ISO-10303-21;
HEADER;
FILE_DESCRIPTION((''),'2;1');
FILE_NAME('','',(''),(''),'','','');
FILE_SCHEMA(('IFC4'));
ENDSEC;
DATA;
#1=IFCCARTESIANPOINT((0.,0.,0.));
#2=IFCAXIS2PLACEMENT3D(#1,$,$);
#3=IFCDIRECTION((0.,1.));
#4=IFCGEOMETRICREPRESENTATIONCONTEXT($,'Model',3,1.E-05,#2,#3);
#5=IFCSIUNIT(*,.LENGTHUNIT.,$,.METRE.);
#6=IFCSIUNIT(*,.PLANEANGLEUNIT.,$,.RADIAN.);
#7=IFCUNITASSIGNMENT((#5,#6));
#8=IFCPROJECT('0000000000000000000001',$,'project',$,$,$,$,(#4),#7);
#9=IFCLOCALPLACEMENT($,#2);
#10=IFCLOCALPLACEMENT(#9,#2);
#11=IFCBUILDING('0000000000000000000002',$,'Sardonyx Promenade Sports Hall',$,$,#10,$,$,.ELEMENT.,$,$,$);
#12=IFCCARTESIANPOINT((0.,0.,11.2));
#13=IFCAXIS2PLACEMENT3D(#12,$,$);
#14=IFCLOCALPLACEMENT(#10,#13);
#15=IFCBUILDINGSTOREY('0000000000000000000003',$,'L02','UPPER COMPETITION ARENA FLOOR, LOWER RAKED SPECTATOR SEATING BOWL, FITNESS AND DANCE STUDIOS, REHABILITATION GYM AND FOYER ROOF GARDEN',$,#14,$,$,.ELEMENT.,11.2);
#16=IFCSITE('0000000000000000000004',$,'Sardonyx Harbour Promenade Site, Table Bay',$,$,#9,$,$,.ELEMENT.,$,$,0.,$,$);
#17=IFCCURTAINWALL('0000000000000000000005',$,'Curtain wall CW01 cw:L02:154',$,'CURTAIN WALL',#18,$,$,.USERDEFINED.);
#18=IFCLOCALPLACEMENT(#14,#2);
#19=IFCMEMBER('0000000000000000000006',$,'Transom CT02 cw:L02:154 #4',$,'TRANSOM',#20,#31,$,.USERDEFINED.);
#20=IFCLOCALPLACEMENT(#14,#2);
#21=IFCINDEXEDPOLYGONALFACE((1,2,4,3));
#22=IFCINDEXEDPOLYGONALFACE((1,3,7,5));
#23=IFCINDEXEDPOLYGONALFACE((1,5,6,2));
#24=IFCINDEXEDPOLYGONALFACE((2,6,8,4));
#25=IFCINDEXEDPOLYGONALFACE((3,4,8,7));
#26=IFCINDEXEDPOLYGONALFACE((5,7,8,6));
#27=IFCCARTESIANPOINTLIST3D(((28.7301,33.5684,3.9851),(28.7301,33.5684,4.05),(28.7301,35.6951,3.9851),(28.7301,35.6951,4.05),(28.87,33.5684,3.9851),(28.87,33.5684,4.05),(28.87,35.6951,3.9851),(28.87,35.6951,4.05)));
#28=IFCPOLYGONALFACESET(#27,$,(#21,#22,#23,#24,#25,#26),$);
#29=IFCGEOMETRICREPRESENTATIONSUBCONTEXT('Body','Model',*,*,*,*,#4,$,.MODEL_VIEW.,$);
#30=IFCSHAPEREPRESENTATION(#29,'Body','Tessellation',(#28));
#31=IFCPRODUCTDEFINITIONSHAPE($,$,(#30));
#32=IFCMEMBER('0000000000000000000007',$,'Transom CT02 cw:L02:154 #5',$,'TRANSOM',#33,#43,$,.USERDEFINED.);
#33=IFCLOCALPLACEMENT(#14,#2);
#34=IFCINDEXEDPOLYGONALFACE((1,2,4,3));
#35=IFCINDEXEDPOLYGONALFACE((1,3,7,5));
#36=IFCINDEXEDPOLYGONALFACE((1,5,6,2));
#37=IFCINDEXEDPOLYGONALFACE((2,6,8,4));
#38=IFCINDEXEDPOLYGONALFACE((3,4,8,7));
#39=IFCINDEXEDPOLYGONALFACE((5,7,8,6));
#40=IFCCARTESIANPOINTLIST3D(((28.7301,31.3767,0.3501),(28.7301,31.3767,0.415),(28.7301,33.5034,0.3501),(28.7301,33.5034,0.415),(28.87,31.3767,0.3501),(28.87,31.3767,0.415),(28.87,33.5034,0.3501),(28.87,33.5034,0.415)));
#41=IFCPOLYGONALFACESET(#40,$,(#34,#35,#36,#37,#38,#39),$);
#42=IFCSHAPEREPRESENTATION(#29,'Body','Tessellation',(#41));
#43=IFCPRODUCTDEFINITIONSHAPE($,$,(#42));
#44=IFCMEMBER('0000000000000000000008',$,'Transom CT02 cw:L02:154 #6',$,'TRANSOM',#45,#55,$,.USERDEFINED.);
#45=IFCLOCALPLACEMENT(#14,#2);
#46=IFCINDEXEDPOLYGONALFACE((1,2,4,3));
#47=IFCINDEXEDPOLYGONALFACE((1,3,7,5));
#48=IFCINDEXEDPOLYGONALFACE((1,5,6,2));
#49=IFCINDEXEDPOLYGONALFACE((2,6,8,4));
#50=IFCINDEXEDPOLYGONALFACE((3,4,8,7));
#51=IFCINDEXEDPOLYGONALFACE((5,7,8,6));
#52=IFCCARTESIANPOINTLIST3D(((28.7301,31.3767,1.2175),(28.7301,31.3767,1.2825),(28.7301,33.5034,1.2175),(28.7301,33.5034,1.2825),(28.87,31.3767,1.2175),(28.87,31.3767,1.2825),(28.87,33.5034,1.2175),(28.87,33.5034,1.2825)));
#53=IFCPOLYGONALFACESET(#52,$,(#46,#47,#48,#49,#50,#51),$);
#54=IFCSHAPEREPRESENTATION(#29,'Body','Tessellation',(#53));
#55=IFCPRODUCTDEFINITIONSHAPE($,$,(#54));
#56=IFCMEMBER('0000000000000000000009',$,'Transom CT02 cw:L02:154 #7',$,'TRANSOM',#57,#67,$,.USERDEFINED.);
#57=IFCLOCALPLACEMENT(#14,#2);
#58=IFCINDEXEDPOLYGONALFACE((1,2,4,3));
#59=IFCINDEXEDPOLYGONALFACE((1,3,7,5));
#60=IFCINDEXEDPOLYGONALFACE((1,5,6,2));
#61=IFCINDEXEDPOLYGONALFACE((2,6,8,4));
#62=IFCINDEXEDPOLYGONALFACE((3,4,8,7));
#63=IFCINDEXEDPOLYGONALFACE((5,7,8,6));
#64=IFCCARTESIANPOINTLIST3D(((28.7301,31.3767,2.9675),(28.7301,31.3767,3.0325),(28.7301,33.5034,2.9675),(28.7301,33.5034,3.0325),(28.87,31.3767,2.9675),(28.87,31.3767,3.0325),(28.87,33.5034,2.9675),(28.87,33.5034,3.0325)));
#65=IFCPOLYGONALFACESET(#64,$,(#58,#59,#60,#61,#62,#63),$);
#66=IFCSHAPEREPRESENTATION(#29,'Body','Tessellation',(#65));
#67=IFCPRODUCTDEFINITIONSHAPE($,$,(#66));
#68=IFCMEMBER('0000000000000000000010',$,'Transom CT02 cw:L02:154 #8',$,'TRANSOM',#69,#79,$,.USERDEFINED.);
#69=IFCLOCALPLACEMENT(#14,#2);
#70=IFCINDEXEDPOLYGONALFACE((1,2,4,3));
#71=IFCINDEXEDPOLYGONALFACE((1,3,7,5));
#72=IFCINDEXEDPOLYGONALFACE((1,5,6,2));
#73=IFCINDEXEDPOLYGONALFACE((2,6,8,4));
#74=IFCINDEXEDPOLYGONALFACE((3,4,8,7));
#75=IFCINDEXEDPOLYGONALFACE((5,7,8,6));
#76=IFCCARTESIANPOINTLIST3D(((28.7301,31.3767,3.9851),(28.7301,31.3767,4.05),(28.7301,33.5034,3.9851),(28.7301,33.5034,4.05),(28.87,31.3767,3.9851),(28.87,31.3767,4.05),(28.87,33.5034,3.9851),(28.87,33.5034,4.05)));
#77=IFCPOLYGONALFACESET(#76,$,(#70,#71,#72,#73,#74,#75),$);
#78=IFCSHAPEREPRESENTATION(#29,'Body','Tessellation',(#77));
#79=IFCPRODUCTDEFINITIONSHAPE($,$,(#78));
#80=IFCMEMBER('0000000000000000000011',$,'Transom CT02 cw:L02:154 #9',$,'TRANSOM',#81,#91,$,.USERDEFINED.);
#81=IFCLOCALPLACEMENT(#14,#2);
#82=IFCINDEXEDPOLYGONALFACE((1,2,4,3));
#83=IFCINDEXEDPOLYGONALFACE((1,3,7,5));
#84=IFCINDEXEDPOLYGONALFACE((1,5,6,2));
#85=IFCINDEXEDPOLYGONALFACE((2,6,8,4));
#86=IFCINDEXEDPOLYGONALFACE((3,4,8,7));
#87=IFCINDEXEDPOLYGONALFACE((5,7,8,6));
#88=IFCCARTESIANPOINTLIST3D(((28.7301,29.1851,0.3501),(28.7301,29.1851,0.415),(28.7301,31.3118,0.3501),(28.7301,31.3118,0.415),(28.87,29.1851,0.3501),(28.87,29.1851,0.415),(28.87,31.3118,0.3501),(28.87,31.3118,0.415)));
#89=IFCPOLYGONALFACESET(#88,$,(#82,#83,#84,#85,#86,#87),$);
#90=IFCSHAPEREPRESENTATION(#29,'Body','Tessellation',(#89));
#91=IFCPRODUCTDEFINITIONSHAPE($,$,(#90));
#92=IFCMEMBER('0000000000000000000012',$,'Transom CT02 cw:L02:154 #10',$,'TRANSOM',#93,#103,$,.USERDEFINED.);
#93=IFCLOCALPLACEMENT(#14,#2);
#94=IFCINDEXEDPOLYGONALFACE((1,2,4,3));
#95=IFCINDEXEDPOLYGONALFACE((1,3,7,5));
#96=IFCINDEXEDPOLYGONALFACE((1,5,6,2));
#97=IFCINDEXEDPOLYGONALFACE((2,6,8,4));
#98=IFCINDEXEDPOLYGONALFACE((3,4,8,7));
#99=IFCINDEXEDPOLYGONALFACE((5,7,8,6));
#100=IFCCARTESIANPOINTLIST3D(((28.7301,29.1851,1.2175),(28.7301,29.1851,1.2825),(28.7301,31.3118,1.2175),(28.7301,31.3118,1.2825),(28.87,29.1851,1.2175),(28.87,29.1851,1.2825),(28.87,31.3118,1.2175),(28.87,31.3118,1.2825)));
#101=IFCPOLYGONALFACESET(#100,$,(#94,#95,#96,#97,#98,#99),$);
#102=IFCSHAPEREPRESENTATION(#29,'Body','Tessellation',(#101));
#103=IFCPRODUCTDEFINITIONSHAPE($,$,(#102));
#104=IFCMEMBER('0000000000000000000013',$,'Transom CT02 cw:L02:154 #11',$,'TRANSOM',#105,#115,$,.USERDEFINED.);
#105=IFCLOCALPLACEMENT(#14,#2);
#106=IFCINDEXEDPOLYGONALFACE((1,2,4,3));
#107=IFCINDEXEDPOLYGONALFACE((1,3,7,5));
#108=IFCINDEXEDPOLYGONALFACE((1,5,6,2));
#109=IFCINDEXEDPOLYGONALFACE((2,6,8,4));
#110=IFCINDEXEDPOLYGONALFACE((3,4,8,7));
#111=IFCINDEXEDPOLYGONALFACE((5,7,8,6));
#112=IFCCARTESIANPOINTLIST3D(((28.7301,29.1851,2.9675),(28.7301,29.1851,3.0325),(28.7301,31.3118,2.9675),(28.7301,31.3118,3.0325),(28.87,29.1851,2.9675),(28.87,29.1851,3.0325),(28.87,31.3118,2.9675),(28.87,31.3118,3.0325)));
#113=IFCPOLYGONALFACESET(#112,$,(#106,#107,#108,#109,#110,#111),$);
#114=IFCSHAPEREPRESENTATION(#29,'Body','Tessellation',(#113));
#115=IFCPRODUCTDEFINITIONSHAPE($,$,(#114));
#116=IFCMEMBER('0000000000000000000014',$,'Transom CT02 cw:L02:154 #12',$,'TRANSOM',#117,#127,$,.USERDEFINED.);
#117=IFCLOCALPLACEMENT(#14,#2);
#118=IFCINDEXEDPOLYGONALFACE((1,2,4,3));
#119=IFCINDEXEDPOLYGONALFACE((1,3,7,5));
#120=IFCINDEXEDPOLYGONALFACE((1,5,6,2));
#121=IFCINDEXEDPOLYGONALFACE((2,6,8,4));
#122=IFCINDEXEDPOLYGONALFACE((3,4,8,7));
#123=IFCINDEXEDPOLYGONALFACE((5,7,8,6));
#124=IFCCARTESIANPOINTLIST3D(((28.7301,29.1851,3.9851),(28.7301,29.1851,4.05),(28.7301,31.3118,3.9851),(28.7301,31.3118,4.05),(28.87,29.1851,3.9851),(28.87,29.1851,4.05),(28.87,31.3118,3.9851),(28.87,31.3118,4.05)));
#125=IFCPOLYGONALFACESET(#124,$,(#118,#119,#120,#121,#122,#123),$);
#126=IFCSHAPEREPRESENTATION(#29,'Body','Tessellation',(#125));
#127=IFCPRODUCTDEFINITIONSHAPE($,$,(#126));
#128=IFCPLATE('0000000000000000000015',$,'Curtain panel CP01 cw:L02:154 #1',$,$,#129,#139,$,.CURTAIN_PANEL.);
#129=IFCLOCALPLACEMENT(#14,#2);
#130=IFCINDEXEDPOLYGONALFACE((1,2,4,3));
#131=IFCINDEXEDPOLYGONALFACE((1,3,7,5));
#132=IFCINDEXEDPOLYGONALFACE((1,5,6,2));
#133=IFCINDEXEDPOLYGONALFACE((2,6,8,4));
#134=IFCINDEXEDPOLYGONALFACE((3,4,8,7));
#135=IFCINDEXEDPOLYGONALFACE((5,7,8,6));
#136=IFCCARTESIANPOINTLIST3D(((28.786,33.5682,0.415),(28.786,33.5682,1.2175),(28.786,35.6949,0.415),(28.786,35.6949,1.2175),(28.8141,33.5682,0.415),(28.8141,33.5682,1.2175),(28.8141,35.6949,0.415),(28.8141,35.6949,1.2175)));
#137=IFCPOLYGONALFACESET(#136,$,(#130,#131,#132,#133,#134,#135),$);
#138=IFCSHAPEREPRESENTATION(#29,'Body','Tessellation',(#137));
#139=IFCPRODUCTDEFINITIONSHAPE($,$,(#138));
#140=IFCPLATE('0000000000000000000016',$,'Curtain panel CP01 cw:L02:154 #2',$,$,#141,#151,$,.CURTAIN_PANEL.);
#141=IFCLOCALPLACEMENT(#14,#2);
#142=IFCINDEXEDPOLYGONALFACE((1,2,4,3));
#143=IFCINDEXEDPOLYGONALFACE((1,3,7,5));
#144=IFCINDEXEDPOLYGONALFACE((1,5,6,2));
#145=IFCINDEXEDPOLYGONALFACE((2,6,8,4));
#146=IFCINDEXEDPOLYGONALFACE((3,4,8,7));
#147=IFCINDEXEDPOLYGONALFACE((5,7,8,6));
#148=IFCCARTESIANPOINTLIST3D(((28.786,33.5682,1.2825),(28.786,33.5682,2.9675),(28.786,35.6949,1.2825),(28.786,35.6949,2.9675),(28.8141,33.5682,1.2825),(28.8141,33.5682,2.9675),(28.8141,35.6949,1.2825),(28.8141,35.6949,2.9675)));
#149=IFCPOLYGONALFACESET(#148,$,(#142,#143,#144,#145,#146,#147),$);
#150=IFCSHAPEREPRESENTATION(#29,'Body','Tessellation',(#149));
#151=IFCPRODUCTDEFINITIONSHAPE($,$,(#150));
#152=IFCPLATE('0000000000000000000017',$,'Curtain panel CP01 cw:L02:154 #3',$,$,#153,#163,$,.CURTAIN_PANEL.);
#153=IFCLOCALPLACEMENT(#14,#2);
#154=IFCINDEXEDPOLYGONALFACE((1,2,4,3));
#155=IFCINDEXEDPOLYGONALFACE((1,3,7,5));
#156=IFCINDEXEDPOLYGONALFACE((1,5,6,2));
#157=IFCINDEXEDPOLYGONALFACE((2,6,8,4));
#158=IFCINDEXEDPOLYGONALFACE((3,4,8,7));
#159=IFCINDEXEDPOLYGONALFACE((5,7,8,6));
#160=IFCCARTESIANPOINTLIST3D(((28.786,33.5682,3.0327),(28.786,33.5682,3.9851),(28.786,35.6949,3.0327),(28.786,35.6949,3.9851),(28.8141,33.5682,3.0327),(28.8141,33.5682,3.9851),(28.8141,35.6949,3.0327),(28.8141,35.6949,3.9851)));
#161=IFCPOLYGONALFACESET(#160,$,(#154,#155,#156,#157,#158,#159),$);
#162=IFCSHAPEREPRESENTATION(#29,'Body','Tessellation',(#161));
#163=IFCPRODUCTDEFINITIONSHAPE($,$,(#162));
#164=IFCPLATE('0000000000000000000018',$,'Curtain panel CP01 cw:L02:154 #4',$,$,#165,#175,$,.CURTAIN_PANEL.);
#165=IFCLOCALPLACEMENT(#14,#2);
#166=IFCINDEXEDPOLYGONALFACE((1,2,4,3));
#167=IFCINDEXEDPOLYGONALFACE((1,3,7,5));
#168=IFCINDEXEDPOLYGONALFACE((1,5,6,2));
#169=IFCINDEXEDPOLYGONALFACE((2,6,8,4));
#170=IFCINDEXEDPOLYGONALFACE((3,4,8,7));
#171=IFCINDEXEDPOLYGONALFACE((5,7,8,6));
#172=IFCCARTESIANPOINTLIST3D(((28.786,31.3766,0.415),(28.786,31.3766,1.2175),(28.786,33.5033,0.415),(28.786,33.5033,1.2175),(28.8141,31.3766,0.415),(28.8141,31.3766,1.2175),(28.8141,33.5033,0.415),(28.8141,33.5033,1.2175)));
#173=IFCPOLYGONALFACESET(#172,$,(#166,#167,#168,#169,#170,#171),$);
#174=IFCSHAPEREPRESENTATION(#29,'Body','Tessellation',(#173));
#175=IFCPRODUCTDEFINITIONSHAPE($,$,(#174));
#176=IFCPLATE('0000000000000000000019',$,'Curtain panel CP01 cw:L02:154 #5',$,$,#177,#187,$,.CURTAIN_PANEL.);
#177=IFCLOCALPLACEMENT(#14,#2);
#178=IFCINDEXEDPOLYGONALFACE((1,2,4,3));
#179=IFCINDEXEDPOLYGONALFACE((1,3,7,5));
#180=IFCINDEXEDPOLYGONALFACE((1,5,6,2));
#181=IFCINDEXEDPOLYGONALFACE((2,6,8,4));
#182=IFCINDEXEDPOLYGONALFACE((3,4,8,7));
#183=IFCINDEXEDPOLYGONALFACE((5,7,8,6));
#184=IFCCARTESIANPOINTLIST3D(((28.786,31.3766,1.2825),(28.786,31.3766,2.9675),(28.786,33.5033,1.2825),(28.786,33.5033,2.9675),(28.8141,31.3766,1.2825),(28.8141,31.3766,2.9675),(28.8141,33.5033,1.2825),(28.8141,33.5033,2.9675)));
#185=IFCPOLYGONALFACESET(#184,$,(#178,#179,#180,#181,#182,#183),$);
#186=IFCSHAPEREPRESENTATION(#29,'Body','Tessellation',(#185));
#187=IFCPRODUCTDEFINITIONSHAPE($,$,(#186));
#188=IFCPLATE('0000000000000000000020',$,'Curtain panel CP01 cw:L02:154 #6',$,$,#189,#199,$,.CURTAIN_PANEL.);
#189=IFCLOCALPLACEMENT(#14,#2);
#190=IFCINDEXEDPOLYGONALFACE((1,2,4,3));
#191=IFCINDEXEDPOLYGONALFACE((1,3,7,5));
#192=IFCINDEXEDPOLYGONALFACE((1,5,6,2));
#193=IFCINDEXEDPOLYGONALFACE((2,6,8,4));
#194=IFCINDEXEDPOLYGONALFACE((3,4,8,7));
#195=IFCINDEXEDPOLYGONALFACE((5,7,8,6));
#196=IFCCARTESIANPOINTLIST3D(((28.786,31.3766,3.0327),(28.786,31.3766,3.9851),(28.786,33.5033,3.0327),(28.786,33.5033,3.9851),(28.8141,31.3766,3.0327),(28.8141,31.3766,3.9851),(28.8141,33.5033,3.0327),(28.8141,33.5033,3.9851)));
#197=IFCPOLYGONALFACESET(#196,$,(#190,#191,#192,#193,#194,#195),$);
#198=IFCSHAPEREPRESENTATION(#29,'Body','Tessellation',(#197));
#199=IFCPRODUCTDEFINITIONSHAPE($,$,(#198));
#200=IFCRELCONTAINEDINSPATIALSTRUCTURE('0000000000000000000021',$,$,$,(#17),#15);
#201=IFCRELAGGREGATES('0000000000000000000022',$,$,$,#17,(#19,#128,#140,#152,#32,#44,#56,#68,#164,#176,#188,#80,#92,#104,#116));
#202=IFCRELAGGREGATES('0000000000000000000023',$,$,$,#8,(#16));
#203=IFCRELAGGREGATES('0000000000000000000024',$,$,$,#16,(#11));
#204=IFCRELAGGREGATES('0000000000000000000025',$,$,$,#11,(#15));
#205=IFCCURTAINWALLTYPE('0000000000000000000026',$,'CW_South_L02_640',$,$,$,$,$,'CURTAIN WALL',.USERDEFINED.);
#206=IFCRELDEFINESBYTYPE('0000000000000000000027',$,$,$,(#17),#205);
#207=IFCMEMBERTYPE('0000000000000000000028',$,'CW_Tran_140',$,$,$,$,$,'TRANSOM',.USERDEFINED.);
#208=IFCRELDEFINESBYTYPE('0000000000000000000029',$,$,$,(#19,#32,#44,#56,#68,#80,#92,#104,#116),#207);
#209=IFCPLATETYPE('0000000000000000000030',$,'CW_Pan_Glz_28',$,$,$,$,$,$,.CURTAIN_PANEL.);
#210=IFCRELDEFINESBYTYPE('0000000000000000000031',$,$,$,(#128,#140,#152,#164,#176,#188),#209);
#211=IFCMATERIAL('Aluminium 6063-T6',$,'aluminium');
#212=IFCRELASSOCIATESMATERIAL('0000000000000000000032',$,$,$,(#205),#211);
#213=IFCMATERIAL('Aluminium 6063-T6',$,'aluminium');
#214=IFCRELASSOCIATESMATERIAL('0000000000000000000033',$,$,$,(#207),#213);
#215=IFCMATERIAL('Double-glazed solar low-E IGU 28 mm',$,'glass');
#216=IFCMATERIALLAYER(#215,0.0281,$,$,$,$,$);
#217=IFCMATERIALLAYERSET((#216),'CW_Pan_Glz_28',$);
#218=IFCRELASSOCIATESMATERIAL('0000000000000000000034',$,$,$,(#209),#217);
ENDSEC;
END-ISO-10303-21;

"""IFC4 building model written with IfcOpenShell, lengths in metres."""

from ifc_helpers import new_model, si_unit, direction, frame, origin, origin_2d, place, context, subcontext, project, spatial, rectangle, extrude, material, layer, layer_set, material_profile, profile_set, type_object, element, aggregate, save


model = new_model("IFC4")

# Units and contexts
model_context = context("Model", 3, precision=1e-05, world=origin(), true_north=direction((0.0, 1.0)))
body_context = subcontext(model_context, "Body", "Model", "MODEL_VIEW")
ifc_project = project(units=[si_unit("LENGTHUNIT", "METRE"), si_unit("PLANEANGLEUNIT", "RADIAN")], contexts=[model_context])

# Site, building, storey
site_placement = place(None, origin())
site = spatial("IfcSite", under=ifc_project, at=site_placement, Name="Sardonyx Harbour Promenade Site, Table Bay", CompositionType="ELEMENT", RefElevation=0.0)
building_placement = place(site_placement, origin())
building = spatial("IfcBuilding", under=site, at=building_placement, Name="Sardonyx Promenade Sports Hall", CompositionType="ELEMENT")
storey_placement = place(building_placement, frame((0.0, 0.0, 11.2)))
storey = spatial("IfcBuildingStorey", under=building, at=storey_placement, Name="L02", Description="UPPER COMPETITION ARENA FLOOR, LOWER RAKED SPECTATOR SEATING BOWL, FITNESS AND DANCE STUDIOS, REHABILITATION GYM AND FOYER ROOF GARDEN", CompositionType="ELEMENT", Elevation=11.2)

# Curtain wall
ifc_material_1 = material(Name="Aluminium 6063-T6", Category="aluminium")
curtain_wall_type_1 = type_object("IfcCurtainWallType", Name="CW_South_L02_640", ElementType="CURTAIN WALL", PredefinedType="USERDEFINED", material=ifc_material_1)
curtain_wall_1_placement = place(storey_placement, origin())
curtain_wall_1 = element("IfcCurtainWall", 1, at=curtain_wall_1_placement, inside=storey, type_object=curtain_wall_type_1, Name="Curtain wall CW01 cw:L02:154", ObjectType="CURTAIN WALL", PredefinedType="USERDEFINED")

# Members
ifc_material_2 = material(Name="Aluminium 6063-T6", Category="aluminium")
ifc_material_profile_1 = material_profile(ifc_material_2, rectangle(XDim=0.0649, YDim=0.1399, at=origin_2d()))
ifc_profile_set_1 = profile_set([ifc_material_profile_1], Name="Aluminium 6063-T6")
member_type_1 = type_object("IfcMemberType", Name="CW_Tran_140", ElementType="TRANSOM", PredefinedType="USERDEFINED", material=ifc_profile_set_1)
member_1_placement = place(storey_placement, frame((28.8, 35.6951, 4.0176), z_axis=(0.0, -1.0, 0.0), x_axis=(0.0, 0.0, 1.0)))
member_1 = element("IfcMember", 2, at=member_1_placement, type_object=member_type_1, Name="Transom CT02 cw:L02:154 #4", ObjectType="TRANSOM", PredefinedType="USERDEFINED", context=body_context, shape_type="SweptSolid", body=[
    extrude(rectangle(XDim=0.0649, YDim=0.1399, at=origin_2d()), origin(), (0.0, 0.0, 1.0), 2.1267),
])
member_2_placement = place(storey_placement, frame((28.8, 33.5034, 0.3826), z_axis=(0.0, -1.0, 0.0), x_axis=(0.0, 0.0, 1.0)))
member_2 = element("IfcMember", 3, at=member_2_placement, type_object=member_type_1, Name="Transom CT02 cw:L02:154 #5", ObjectType="TRANSOM", PredefinedType="USERDEFINED", context=body_context, shape_type="SweptSolid", body=[
    extrude(rectangle(XDim=0.0649, YDim=0.1399, at=origin_2d()), origin(), (0.0, 0.0, 1.0), 2.1267),
])
member_3_placement = place(storey_placement, frame((28.8, 33.5034, 1.25), z_axis=(0.0, -1.0, 0.0), x_axis=(0.0, 0.0, 1.0)))
member_3 = element("IfcMember", 4, at=member_3_placement, type_object=member_type_1, Name="Transom CT02 cw:L02:154 #6", ObjectType="TRANSOM", PredefinedType="USERDEFINED", context=body_context, shape_type="SweptSolid", body=[
    extrude(rectangle(XDim=0.0649, YDim=0.1399, at=origin_2d()), origin(), (0.0, 0.0, 1.0), 2.1267),
])
member_4_placement = place(storey_placement, frame((28.8, 33.5034, 3.0), z_axis=(0.0, -1.0, 0.0), x_axis=(0.0, 0.0, 1.0)))
member_4 = element("IfcMember", 5, at=member_4_placement, type_object=member_type_1, Name="Transom CT02 cw:L02:154 #7", ObjectType="TRANSOM", PredefinedType="USERDEFINED", context=body_context, shape_type="SweptSolid", body=[
    extrude(rectangle(XDim=0.0649, YDim=0.1399, at=origin_2d()), origin(), (0.0, 0.0, 1.0), 2.1267),
])
member_5_placement = place(storey_placement, frame((28.8, 33.5034, 4.0176), z_axis=(0.0, -1.0, 0.0), x_axis=(0.0, 0.0, 1.0)))
member_5 = element("IfcMember", 6, at=member_5_placement, type_object=member_type_1, Name="Transom CT02 cw:L02:154 #8", ObjectType="TRANSOM", PredefinedType="USERDEFINED", context=body_context, shape_type="SweptSolid", body=[
    extrude(rectangle(XDim=0.0649, YDim=0.1399, at=origin_2d()), origin(), (0.0, 0.0, 1.0), 2.1267),
])
member_6_placement = place(storey_placement, frame((28.8, 31.3118, 0.3826), z_axis=(0.0, -1.0, 0.0), x_axis=(0.0, 0.0, 1.0)))
member_6 = element("IfcMember", 7, at=member_6_placement, type_object=member_type_1, Name="Transom CT02 cw:L02:154 #9", ObjectType="TRANSOM", PredefinedType="USERDEFINED", context=body_context, shape_type="SweptSolid", body=[
    extrude(rectangle(XDim=0.0649, YDim=0.1399, at=origin_2d()), origin(), (0.0, 0.0, 1.0), 2.1267),
])
member_7_placement = place(storey_placement, frame((28.8, 31.3118, 1.25), z_axis=(0.0, -1.0, 0.0), x_axis=(0.0, 0.0, 1.0)))
member_7 = element("IfcMember", 8, at=member_7_placement, type_object=member_type_1, Name="Transom CT02 cw:L02:154 #10", ObjectType="TRANSOM", PredefinedType="USERDEFINED", context=body_context, shape_type="SweptSolid", body=[
    extrude(rectangle(XDim=0.0649, YDim=0.1399, at=origin_2d()), origin(), (0.0, 0.0, 1.0), 2.1267),
])
member_8_placement = place(storey_placement, frame((28.8, 31.3118, 3.0), z_axis=(0.0, -1.0, 0.0), x_axis=(0.0, 0.0, 1.0)))
member_8 = element("IfcMember", 9, at=member_8_placement, type_object=member_type_1, Name="Transom CT02 cw:L02:154 #11", ObjectType="TRANSOM", PredefinedType="USERDEFINED", context=body_context, shape_type="SweptSolid", body=[
    extrude(rectangle(XDim=0.0649, YDim=0.1399, at=origin_2d()), origin(), (0.0, 0.0, 1.0), 2.1267),
])
member_9_placement = place(storey_placement, frame((28.8, 31.3118, 4.0176), z_axis=(0.0, -1.0, 0.0), x_axis=(0.0, 0.0, 1.0)))
member_9 = element("IfcMember", 10, at=member_9_placement, type_object=member_type_1, Name="Transom CT02 cw:L02:154 #12", ObjectType="TRANSOM", PredefinedType="USERDEFINED", context=body_context, shape_type="SweptSolid", body=[
    extrude(rectangle(XDim=0.0649, YDim=0.1399, at=origin_2d()), origin(), (0.0, 0.0, 1.0), 2.1267),
])

# Plates
ifc_material_3 = material(Name="Double-glazed solar low-E IGU 28 mm", Category="glass")
ifc_layer_1 = layer(ifc_material_3, 0.0281)
ifc_layer_set_1 = layer_set([ifc_layer_1], Name="CW_Pan_Glz_28")
plate_type_1 = type_object("IfcPlateType", Name="CW_Pan_Glz_28", PredefinedType="CURTAIN_PANEL", material=ifc_layer_set_1)
plate_1_placement = place(storey_placement, frame((28.8, 34.6316, 0.415), z_axis=(0.0, 0.0, 1.0), x_axis=(0.0, -1.0, 0.0)))
plate_1 = element("IfcPlate", 11, at=plate_1_placement, type_object=plate_type_1, Name="Curtain panel CP01 cw:L02:154 #1", PredefinedType="CURTAIN_PANEL", context=body_context, shape_type="SweptSolid", body=[
    extrude(rectangle(XDim=2.1267, YDim=0.0281, at=origin_2d()), origin(), (0.0, 0.0, 1.0), 0.8025),
])
plate_2_placement = place(storey_placement, frame((28.8, 34.6316, 1.2825), z_axis=(0.0, 0.0, 1.0), x_axis=(0.0, -1.0, 0.0)))
plate_2 = element("IfcPlate", 12, at=plate_2_placement, type_object=plate_type_1, Name="Curtain panel CP01 cw:L02:154 #2", PredefinedType="CURTAIN_PANEL", context=body_context, shape_type="SweptSolid", body=[
    extrude(rectangle(XDim=2.1267, YDim=0.0281, at=origin_2d()), origin(), (0.0, 0.0, 1.0), 1.6851),
])
plate_3_placement = place(storey_placement, frame((28.8, 34.6316, 3.0327), z_axis=(0.0, 0.0, 1.0), x_axis=(0.0, -1.0, 0.0)))
plate_3 = element("IfcPlate", 13, at=plate_3_placement, type_object=plate_type_1, Name="Curtain panel CP01 cw:L02:154 #3", PredefinedType="CURTAIN_PANEL", context=body_context, shape_type="SweptSolid", body=[
    extrude(rectangle(XDim=2.1267, YDim=0.0281, at=origin_2d()), origin(), (0.0, 0.0, 1.0), 0.9524),
])
plate_4_placement = place(storey_placement, frame((28.8, 32.4399, 0.415), z_axis=(0.0, 0.0, 1.0), x_axis=(0.0, -1.0, 0.0)))
plate_4 = element("IfcPlate", 14, at=plate_4_placement, type_object=plate_type_1, Name="Curtain panel CP01 cw:L02:154 #4", PredefinedType="CURTAIN_PANEL", context=body_context, shape_type="SweptSolid", body=[
    extrude(rectangle(XDim=2.1267, YDim=0.0281, at=origin_2d()), origin(), (0.0, 0.0, 1.0), 0.8025),
])
plate_5_placement = place(storey_placement, frame((28.8, 32.4399, 1.2825), z_axis=(0.0, 0.0, 1.0), x_axis=(0.0, -1.0, 0.0)))
plate_5 = element("IfcPlate", 15, at=plate_5_placement, type_object=plate_type_1, Name="Curtain panel CP01 cw:L02:154 #5", PredefinedType="CURTAIN_PANEL", context=body_context, shape_type="SweptSolid", body=[
    extrude(rectangle(XDim=2.1267, YDim=0.0281, at=origin_2d()), origin(), (0.0, 0.0, 1.0), 1.6851),
])
plate_6_placement = place(storey_placement, frame((28.8, 32.4399, 3.0327), z_axis=(0.0, 0.0, 1.0), x_axis=(0.0, -1.0, 0.0)))
plate_6 = element("IfcPlate", 16, at=plate_6_placement, type_object=plate_type_1, Name="Curtain panel CP01 cw:L02:154 #6", PredefinedType="CURTAIN_PANEL", context=body_context, shape_type="SweptSolid", body=[
    extrude(rectangle(XDim=2.1267, YDim=0.0281, at=origin_2d()), origin(), (0.0, 0.0, 1.0), 0.9524),
])
aggregate(curtain_wall_1, [member_1, plate_1, plate_2, plate_3, member_2, member_3, member_4, member_5, plate_4, plate_5, plate_6, member_6, member_7, member_8, member_9])

save(model, "model.ifc")
